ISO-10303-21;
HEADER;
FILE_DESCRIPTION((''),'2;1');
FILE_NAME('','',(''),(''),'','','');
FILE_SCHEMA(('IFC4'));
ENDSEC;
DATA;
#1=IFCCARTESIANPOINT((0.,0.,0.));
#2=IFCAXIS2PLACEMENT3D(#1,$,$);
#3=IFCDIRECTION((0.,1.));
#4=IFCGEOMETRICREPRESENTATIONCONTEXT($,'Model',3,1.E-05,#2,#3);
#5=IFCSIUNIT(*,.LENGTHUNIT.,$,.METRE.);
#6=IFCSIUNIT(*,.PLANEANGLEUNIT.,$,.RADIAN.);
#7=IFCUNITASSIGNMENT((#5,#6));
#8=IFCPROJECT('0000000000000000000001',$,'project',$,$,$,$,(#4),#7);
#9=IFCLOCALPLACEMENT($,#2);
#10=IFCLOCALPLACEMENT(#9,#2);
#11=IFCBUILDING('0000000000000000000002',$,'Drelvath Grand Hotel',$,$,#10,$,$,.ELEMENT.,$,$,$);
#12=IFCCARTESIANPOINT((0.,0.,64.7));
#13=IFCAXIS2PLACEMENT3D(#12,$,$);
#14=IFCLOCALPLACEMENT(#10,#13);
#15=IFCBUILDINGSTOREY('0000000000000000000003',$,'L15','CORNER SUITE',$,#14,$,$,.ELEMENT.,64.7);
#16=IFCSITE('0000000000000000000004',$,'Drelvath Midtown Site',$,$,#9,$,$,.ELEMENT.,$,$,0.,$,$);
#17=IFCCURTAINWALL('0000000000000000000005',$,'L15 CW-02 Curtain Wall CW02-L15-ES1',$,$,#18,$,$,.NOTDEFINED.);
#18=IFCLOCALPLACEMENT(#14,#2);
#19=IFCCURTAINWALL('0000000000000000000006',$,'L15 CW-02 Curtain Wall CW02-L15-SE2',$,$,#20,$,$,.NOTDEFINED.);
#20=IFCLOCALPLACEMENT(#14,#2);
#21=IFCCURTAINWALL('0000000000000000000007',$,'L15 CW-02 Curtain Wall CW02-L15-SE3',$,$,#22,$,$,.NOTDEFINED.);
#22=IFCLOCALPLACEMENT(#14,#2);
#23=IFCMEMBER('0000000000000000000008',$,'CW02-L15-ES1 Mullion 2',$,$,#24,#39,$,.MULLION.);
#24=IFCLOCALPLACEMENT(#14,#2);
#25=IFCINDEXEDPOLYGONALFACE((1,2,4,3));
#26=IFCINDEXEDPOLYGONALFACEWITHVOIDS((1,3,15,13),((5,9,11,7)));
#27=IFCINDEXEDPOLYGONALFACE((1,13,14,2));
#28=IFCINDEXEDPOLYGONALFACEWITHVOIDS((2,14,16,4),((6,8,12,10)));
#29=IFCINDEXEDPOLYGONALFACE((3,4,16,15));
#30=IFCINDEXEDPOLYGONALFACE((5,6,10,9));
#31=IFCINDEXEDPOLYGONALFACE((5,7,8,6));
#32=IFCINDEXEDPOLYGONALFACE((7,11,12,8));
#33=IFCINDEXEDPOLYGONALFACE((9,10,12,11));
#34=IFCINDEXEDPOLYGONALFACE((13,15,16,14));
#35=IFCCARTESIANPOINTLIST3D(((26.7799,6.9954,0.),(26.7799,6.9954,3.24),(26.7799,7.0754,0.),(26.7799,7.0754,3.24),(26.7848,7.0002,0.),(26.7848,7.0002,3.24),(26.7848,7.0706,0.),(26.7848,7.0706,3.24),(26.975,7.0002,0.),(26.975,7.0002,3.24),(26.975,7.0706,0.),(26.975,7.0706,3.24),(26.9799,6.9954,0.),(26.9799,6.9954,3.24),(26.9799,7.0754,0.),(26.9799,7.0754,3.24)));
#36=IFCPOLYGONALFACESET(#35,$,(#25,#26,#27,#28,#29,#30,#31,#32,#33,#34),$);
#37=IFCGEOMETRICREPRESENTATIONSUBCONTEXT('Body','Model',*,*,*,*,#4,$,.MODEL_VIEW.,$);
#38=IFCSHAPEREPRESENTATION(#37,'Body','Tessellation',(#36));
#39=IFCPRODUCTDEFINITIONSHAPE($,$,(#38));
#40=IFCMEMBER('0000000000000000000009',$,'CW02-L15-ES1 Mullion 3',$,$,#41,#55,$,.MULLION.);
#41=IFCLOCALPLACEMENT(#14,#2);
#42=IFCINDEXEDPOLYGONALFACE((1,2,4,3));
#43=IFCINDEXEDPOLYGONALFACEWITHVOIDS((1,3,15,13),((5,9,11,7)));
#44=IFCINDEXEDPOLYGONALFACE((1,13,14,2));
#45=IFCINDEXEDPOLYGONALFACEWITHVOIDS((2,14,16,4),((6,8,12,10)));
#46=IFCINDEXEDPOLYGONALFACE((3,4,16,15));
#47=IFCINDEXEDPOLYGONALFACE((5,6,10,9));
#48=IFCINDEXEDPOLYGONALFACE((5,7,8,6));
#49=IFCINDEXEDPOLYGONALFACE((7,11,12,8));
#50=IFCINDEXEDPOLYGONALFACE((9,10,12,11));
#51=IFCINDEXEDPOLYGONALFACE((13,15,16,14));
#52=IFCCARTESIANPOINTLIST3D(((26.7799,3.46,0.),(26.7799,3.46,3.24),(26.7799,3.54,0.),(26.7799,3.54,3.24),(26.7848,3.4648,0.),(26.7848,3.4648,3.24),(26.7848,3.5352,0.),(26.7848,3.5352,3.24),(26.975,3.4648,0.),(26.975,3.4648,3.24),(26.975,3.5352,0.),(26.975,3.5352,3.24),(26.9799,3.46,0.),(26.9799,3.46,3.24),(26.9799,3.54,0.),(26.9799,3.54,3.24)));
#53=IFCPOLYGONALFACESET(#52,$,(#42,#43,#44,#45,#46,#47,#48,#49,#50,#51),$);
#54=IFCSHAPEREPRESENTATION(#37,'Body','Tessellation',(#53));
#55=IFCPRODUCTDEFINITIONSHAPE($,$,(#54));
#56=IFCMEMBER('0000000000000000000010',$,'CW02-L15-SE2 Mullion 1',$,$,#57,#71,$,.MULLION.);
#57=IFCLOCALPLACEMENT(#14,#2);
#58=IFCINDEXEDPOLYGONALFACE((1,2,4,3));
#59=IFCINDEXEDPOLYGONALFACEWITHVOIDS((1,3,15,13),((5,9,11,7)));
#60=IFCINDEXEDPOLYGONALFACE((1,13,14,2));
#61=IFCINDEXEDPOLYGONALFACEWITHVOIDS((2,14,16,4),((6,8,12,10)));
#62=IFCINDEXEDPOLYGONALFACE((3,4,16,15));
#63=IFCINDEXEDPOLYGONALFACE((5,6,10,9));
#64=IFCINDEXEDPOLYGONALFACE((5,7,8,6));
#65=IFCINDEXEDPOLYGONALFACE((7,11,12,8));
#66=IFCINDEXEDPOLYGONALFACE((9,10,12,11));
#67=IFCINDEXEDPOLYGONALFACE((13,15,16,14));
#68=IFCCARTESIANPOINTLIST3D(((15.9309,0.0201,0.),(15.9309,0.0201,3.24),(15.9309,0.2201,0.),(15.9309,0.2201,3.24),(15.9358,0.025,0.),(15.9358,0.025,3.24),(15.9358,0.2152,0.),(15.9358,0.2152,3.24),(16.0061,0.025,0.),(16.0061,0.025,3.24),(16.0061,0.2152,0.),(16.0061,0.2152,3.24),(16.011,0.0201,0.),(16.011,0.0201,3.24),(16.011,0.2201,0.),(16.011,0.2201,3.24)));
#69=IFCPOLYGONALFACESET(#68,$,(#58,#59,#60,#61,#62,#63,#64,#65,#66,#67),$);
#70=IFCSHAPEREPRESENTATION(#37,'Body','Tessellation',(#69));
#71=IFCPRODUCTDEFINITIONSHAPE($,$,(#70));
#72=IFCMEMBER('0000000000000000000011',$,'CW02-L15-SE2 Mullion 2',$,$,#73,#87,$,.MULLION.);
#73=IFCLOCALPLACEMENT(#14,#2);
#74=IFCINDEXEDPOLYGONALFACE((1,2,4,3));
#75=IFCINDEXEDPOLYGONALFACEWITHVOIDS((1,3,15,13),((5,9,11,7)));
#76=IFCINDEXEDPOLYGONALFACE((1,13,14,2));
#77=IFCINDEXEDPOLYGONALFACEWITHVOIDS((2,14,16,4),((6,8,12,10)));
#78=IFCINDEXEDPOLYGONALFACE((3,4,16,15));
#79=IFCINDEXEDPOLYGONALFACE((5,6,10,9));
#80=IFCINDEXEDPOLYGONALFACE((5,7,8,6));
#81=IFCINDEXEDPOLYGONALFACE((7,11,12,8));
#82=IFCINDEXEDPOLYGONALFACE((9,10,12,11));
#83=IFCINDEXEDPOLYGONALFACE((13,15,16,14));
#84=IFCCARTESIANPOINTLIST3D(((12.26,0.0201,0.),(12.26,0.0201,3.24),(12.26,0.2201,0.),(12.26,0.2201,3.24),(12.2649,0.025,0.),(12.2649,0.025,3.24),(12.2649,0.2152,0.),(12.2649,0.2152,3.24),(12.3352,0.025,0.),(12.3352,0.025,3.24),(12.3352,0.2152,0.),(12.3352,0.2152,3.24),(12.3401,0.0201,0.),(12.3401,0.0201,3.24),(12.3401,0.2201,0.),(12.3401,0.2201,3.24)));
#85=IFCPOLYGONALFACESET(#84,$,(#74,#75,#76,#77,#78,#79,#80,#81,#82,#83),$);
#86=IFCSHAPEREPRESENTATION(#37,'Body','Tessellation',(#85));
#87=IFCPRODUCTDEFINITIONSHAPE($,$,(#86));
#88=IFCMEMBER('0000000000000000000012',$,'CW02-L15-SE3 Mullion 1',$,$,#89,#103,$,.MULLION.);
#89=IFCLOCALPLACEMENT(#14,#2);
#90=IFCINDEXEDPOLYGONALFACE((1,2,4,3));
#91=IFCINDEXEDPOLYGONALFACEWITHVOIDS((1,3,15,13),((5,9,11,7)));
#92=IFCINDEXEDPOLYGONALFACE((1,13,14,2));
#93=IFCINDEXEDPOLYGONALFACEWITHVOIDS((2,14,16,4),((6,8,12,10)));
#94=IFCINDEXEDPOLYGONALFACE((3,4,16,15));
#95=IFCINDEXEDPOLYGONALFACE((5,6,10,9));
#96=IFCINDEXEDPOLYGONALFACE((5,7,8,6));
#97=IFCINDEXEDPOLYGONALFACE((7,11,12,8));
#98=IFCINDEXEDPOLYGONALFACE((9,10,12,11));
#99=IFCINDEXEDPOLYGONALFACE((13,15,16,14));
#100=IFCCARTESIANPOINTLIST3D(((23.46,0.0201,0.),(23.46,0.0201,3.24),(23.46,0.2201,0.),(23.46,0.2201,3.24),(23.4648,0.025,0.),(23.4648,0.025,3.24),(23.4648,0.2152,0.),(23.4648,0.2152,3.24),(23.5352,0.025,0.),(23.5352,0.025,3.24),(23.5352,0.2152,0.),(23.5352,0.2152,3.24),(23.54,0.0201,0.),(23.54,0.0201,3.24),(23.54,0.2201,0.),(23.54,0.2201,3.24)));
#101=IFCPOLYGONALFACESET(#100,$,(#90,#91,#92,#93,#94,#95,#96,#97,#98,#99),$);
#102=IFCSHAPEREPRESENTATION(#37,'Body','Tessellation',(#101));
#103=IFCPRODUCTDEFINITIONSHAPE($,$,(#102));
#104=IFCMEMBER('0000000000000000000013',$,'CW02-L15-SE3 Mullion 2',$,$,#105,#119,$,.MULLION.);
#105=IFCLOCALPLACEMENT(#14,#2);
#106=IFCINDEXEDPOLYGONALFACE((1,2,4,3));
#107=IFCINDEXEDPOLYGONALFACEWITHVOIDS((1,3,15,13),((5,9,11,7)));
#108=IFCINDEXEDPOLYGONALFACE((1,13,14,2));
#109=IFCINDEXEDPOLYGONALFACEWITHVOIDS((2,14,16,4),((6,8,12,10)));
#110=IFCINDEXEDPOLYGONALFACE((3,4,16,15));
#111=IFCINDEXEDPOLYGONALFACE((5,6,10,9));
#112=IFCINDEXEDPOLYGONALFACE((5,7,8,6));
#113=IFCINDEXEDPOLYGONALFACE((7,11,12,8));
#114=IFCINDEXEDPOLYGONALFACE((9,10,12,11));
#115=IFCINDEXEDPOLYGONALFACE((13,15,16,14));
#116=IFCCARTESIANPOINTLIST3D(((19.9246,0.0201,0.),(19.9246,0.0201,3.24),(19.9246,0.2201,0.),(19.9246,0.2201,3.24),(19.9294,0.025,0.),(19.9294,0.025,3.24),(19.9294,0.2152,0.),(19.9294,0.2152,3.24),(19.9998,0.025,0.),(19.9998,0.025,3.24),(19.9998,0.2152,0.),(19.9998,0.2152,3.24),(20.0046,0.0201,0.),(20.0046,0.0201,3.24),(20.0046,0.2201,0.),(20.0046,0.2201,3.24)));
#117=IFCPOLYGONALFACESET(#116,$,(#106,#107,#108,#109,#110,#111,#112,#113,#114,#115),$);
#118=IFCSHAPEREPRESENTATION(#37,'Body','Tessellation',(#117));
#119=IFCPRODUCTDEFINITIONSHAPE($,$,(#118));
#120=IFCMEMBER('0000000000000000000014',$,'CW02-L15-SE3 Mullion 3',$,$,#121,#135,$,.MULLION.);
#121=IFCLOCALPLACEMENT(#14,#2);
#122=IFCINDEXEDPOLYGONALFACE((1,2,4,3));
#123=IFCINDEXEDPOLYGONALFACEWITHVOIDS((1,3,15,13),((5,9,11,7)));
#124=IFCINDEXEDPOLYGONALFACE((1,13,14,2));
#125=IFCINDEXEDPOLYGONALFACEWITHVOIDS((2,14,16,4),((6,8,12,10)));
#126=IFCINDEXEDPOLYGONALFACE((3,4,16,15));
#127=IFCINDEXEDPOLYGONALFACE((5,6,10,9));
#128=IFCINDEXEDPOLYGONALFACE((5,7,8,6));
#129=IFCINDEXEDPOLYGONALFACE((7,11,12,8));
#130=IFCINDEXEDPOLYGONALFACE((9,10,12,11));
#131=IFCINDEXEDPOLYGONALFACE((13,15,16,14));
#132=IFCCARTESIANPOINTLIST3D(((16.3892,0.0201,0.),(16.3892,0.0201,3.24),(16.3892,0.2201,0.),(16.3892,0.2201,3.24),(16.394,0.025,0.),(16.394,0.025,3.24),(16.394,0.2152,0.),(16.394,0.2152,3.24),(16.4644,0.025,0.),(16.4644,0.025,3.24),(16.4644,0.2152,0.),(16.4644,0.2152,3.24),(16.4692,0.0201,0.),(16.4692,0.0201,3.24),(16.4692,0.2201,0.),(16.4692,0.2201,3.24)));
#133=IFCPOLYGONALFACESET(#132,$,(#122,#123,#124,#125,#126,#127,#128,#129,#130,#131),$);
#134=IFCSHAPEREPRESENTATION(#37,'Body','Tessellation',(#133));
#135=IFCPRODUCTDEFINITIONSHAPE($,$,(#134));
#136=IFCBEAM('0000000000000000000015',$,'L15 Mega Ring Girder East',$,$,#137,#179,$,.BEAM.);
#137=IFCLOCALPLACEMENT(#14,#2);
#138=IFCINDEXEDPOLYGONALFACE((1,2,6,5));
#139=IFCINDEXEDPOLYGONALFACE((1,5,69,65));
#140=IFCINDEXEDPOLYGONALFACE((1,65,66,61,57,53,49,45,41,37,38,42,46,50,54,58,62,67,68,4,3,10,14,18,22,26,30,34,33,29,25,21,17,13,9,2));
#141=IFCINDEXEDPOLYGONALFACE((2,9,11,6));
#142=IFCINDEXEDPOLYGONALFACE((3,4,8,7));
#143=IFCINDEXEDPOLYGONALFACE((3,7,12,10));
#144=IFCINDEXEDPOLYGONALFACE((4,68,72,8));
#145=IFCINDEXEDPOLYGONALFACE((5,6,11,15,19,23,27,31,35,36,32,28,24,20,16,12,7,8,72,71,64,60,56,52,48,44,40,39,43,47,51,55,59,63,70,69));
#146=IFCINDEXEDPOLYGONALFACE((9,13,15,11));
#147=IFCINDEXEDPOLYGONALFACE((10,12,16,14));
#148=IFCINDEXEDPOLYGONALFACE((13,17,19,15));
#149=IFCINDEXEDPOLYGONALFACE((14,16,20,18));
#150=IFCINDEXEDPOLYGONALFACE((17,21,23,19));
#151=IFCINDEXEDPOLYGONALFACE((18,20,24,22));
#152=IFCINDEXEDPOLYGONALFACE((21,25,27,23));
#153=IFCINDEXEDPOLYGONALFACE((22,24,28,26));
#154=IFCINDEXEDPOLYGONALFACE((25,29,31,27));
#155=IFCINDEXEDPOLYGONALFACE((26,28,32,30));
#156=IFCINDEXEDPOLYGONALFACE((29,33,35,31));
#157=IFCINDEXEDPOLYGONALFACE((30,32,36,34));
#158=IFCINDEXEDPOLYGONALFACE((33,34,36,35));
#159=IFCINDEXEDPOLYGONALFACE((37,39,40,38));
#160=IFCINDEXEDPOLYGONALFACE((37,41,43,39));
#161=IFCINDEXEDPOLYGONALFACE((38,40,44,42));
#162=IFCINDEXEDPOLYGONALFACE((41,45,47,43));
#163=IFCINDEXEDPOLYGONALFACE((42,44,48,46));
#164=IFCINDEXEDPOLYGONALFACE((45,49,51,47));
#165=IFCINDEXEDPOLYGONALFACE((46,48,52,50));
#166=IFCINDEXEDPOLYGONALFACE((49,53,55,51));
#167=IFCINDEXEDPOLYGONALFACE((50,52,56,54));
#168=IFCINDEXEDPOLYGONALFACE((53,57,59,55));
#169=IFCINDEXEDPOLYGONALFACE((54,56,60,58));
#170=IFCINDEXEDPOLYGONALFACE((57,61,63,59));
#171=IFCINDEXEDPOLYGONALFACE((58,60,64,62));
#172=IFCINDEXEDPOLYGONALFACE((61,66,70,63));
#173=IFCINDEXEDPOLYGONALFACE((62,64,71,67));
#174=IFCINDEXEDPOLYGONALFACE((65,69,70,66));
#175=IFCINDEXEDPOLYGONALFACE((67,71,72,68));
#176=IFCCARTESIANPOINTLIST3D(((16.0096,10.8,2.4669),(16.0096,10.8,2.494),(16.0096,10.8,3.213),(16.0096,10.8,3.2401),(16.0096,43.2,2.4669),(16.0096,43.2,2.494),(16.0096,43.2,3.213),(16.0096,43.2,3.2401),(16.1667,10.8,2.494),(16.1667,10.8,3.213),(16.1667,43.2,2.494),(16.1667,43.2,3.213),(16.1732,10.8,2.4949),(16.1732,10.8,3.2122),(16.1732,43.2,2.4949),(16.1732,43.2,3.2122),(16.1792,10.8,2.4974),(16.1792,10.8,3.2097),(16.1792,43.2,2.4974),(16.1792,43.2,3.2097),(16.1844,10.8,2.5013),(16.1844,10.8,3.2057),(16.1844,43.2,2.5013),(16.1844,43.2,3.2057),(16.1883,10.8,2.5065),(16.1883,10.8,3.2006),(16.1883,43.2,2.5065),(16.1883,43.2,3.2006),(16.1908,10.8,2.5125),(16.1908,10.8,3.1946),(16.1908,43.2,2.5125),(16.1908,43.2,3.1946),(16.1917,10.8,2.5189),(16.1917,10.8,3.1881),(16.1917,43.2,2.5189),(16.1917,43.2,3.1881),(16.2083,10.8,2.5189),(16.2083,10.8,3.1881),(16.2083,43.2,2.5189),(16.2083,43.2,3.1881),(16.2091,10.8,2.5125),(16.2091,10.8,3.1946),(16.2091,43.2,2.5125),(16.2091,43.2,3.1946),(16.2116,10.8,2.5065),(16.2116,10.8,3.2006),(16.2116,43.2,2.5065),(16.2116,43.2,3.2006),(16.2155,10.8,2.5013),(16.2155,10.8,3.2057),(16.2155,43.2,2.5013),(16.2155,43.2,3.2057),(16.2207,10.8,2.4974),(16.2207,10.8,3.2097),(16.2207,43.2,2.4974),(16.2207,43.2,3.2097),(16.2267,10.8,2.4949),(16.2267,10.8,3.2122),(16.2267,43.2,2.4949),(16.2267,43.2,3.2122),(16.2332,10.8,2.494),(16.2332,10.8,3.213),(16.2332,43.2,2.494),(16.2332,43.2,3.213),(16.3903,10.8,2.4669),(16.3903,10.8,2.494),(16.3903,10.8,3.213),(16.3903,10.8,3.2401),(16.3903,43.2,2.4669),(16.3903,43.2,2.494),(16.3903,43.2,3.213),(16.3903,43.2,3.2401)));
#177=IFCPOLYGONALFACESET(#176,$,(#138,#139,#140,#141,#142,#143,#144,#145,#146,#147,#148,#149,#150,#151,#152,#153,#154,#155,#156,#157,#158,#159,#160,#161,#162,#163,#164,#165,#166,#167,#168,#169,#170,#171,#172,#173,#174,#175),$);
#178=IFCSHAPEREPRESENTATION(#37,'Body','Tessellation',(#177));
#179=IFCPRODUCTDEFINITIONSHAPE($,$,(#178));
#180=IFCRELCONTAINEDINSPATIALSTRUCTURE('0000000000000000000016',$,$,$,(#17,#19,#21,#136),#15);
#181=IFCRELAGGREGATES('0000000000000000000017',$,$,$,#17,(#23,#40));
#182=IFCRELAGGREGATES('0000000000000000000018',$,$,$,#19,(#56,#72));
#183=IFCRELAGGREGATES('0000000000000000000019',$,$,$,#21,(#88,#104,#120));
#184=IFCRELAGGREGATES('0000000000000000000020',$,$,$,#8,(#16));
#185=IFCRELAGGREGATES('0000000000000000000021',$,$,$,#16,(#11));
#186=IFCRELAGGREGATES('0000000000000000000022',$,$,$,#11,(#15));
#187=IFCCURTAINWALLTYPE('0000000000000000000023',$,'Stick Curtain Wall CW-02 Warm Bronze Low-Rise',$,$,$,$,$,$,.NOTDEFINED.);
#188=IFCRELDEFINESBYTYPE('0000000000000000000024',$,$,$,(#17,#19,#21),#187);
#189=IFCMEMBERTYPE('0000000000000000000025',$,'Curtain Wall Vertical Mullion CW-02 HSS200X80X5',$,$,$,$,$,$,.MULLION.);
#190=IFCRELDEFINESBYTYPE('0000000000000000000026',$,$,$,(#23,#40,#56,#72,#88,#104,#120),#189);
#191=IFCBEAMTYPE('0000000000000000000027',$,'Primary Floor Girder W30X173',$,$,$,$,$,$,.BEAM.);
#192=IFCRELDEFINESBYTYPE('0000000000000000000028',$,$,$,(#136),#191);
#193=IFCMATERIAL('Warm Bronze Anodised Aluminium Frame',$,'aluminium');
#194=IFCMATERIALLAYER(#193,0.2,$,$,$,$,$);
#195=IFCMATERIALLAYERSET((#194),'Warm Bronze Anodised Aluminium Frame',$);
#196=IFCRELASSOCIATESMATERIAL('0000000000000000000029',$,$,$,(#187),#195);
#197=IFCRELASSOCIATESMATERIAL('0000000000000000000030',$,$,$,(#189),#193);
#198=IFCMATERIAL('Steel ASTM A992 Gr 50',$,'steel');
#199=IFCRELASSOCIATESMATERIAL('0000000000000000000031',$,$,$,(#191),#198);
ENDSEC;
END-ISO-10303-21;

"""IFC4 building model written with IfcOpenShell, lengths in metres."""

from ifc_helpers import new_model, si_unit, direction, frame, origin, origin_2d, place, context, subcontext, project, spatial, hollow_rectangle, i_section, extrude, material, layer, layer_set, material_profile, profile_set, type_object, element, aggregate, save


model = new_model("IFC4")

# Units and contexts
model_context = context("Model", 3, precision=1e-05, world=origin(), true_north=direction((0.0, 1.0)))
body_context = subcontext(model_context, "Body", "Model", "MODEL_VIEW")
ifc_project = project(units=[si_unit("LENGTHUNIT", "METRE"), si_unit("PLANEANGLEUNIT", "RADIAN")], contexts=[model_context])

# Site, building, storey
site_placement = place(None, origin())
site = spatial("IfcSite", under=ifc_project, at=site_placement, Name="Drelvath Midtown Site", CompositionType="ELEMENT", RefElevation=0.0)
building_placement = place(site_placement, origin())
building = spatial("IfcBuilding", under=site, at=building_placement, Name="Drelvath Grand Hotel", CompositionType="ELEMENT")
storey_placement = place(building_placement, frame((0.0, 0.0, 64.7)))
storey = spatial("IfcBuildingStorey", under=building, at=storey_placement, Name="L15", Description="CORNER SUITE", CompositionType="ELEMENT", Elevation=64.7)

# Shared definitions
ifc_material_1 = material(Name="Steel ASTM A992 Gr 50", Category="steel")

# Curtain walls
ifc_material_2 = material(Name="Warm Bronze Anodised Aluminium Frame", Category="aluminium")
ifc_layer_1 = layer(ifc_material_2, 0.2)
ifc_layer_set_1 = layer_set([ifc_layer_1], Name="Warm Bronze Anodised Aluminium Frame")
curtain_wall_type = type_object("IfcCurtainWallType", Name="Stick Curtain Wall CW-02 Warm Bronze Low-Rise", PredefinedType="NOTDEFINED", material=ifc_layer_set_1)
curtain_wall_1_placement = place(storey_placement, origin())
curtain_wall_1 = element("IfcCurtainWall", 1, at=curtain_wall_1_placement, inside=storey, type_object=curtain_wall_type, Name="L15 CW-02 Curtain Wall CW02-L15-ES1", PredefinedType="NOTDEFINED")
curtain_wall_2_placement = place(storey_placement, origin())
curtain_wall_2 = element("IfcCurtainWall", 2, at=curtain_wall_2_placement, inside=storey, type_object=curtain_wall_type, Name="L15 CW-02 Curtain Wall CW02-L15-SE2", PredefinedType="NOTDEFINED")
curtain_wall_3_placement = place(storey_placement, origin())
curtain_wall_3 = element("IfcCurtainWall", 3, at=curtain_wall_3_placement, inside=storey, type_object=curtain_wall_type, Name="L15 CW-02 Curtain Wall CW02-L15-SE3", PredefinedType="NOTDEFINED")

# Members
ifc_material_profile_1 = material_profile(ifc_material_2, hollow_rectangle(XDim=0.0801, YDim=0.2, WallThickness=0.0049, at=origin_2d()), Name="HSS200X80X5")
ifc_profile_set_1 = profile_set([ifc_material_profile_1], Name="Warm Bronze Anodised Aluminium Frame")
member_type_1 = type_object("IfcMemberType", Name="Curtain Wall Vertical Mullion CW-02 HSS200X80X5", PredefinedType="MULLION", material=ifc_profile_set_1)
member_1_placement = place(storey_placement, frame((26.8799, 7.0354, 0.0), z_axis=(0.0, 0.0, 1.0), x_axis=(0.0, 1.0, 0.0)))
member_1 = element("IfcMember", 4, at=member_1_placement, type_object=member_type_1, Name="CW02-L15-ES1 Mullion 2", PredefinedType="MULLION", context=body_context, shape_type="SweptSolid", body=[
    extrude(hollow_rectangle(XDim=0.0801, YDim=0.2, WallThickness=0.0049, at=origin_2d()), origin(), (0.0, 0.0, 1.0), 3.24),
])
member_2_placement = place(storey_placement, frame((26.8799, 3.5, 0.0), z_axis=(0.0, 0.0, 1.0), x_axis=(0.0, 1.0, 0.0)))
member_2 = element("IfcMember", 5, at=member_2_placement, type_object=member_type_1, Name="CW02-L15-ES1 Mullion 3", PredefinedType="MULLION", context=body_context, shape_type="SweptSolid", body=[
    extrude(hollow_rectangle(XDim=0.0801, YDim=0.2, WallThickness=0.0049, at=origin_2d()), origin(), (0.0, 0.0, 1.0), 3.24),
])
member_3_placement = place(storey_placement, frame((15.9709, 0.1201, 0.0), z_axis=(0.0, 0.0, 1.0), x_axis=(1.0, 0.0, 0.0)))
member_3 = element("IfcMember", 6, at=member_3_placement, type_object=member_type_1, Name="CW02-L15-SE2 Mullion 1", PredefinedType="MULLION", context=body_context, shape_type="SweptSolid", body=[
    extrude(hollow_rectangle(XDim=0.0801, YDim=0.2, WallThickness=0.0049, at=origin_2d()), origin(), (0.0, 0.0, 1.0), 3.24),
])
member_4_placement = place(storey_placement, frame((12.3, 0.1201, 0.0), z_axis=(0.0, 0.0, 1.0), x_axis=(1.0, 0.0, 0.0)))
member_4 = element("IfcMember", 7, at=member_4_placement, type_object=member_type_1, Name="CW02-L15-SE2 Mullion 2", PredefinedType="MULLION", context=body_context, shape_type="SweptSolid", body=[
    extrude(hollow_rectangle(XDim=0.0801, YDim=0.2, WallThickness=0.0049, at=origin_2d()), origin(), (0.0, 0.0, 1.0), 3.24),
])
member_5_placement = place(storey_placement, frame((23.5, 0.1201, 0.0), z_axis=(0.0, 0.0, 1.0), x_axis=(1.0, 0.0, 0.0)))
member_5 = element("IfcMember", 8, at=member_5_placement, type_object=member_type_1, Name="CW02-L15-SE3 Mullion 1", PredefinedType="MULLION", context=body_context, shape_type="SweptSolid", body=[
    extrude(hollow_rectangle(XDim=0.0801, YDim=0.2, WallThickness=0.0049, at=origin_2d()), origin(), (0.0, 0.0, 1.0), 3.24),
])
member_6_placement = place(storey_placement, frame((19.9646, 0.1201, 0.0), z_axis=(0.0, 0.0, 1.0), x_axis=(1.0, 0.0, 0.0)))
member_6 = element("IfcMember", 9, at=member_6_placement, type_object=member_type_1, Name="CW02-L15-SE3 Mullion 2", PredefinedType="MULLION", context=body_context, shape_type="SweptSolid", body=[
    extrude(hollow_rectangle(XDim=0.0801, YDim=0.2, WallThickness=0.0049, at=origin_2d()), origin(), (0.0, 0.0, 1.0), 3.24),
])
member_7_placement = place(storey_placement, frame((16.4292, 0.1201, 0.0), z_axis=(0.0, 0.0, 1.0), x_axis=(1.0, 0.0, 0.0)))
member_7 = element("IfcMember", 10, at=member_7_placement, type_object=member_type_1, Name="CW02-L15-SE3 Mullion 3", PredefinedType="MULLION", context=body_context, shape_type="SweptSolid", body=[
    extrude(hollow_rectangle(XDim=0.0801, YDim=0.2, WallThickness=0.0049, at=origin_2d()), origin(), (0.0, 0.0, 1.0), 3.24),
])

# Beam
ifc_material_profile_2 = material_profile(ifc_material_1, i_section(OverallWidth=0.3806, OverallDepth=0.7732, WebThickness=0.0166, FlangeThickness=0.0271, FilletRadius=0.0249, at=origin_2d()), Name="W30X173")
ifc_profile_set_2 = profile_set([ifc_material_profile_2], Name="Steel ASTM A992 Gr 50")
beam_type_1 = type_object("IfcBeamType", Name="Primary Floor Girder W30X173", PredefinedType="BEAM", material=ifc_profile_set_2)
beam_1_placement = place(storey_placement, frame((16.2, 10.8, 2.8535), z_axis=(0.0, 1.0, 0.0), x_axis=(-1.0, 0.0, 0.0)))
element("IfcBeam", 11, at=beam_1_placement, inside=storey, type_object=beam_type_1, Name="L15 Mega Ring Girder East", PredefinedType="BEAM", context=body_context, shape_type="SweptSolid", body=[
    extrude(i_section(OverallWidth=0.3806, OverallDepth=0.7732, WebThickness=0.0166, FlangeThickness=0.0271, FilletRadius=0.0249, at=origin_2d()), origin(), (0.0, 0.0, 1.0), 32.3999),
])

aggregate(curtain_wall_1, [member_1, member_2])
aggregate(curtain_wall_2, [member_3, member_4])
aggregate(curtain_wall_3, [member_5, member_6, member_7])

save(model, "model.ifc")
